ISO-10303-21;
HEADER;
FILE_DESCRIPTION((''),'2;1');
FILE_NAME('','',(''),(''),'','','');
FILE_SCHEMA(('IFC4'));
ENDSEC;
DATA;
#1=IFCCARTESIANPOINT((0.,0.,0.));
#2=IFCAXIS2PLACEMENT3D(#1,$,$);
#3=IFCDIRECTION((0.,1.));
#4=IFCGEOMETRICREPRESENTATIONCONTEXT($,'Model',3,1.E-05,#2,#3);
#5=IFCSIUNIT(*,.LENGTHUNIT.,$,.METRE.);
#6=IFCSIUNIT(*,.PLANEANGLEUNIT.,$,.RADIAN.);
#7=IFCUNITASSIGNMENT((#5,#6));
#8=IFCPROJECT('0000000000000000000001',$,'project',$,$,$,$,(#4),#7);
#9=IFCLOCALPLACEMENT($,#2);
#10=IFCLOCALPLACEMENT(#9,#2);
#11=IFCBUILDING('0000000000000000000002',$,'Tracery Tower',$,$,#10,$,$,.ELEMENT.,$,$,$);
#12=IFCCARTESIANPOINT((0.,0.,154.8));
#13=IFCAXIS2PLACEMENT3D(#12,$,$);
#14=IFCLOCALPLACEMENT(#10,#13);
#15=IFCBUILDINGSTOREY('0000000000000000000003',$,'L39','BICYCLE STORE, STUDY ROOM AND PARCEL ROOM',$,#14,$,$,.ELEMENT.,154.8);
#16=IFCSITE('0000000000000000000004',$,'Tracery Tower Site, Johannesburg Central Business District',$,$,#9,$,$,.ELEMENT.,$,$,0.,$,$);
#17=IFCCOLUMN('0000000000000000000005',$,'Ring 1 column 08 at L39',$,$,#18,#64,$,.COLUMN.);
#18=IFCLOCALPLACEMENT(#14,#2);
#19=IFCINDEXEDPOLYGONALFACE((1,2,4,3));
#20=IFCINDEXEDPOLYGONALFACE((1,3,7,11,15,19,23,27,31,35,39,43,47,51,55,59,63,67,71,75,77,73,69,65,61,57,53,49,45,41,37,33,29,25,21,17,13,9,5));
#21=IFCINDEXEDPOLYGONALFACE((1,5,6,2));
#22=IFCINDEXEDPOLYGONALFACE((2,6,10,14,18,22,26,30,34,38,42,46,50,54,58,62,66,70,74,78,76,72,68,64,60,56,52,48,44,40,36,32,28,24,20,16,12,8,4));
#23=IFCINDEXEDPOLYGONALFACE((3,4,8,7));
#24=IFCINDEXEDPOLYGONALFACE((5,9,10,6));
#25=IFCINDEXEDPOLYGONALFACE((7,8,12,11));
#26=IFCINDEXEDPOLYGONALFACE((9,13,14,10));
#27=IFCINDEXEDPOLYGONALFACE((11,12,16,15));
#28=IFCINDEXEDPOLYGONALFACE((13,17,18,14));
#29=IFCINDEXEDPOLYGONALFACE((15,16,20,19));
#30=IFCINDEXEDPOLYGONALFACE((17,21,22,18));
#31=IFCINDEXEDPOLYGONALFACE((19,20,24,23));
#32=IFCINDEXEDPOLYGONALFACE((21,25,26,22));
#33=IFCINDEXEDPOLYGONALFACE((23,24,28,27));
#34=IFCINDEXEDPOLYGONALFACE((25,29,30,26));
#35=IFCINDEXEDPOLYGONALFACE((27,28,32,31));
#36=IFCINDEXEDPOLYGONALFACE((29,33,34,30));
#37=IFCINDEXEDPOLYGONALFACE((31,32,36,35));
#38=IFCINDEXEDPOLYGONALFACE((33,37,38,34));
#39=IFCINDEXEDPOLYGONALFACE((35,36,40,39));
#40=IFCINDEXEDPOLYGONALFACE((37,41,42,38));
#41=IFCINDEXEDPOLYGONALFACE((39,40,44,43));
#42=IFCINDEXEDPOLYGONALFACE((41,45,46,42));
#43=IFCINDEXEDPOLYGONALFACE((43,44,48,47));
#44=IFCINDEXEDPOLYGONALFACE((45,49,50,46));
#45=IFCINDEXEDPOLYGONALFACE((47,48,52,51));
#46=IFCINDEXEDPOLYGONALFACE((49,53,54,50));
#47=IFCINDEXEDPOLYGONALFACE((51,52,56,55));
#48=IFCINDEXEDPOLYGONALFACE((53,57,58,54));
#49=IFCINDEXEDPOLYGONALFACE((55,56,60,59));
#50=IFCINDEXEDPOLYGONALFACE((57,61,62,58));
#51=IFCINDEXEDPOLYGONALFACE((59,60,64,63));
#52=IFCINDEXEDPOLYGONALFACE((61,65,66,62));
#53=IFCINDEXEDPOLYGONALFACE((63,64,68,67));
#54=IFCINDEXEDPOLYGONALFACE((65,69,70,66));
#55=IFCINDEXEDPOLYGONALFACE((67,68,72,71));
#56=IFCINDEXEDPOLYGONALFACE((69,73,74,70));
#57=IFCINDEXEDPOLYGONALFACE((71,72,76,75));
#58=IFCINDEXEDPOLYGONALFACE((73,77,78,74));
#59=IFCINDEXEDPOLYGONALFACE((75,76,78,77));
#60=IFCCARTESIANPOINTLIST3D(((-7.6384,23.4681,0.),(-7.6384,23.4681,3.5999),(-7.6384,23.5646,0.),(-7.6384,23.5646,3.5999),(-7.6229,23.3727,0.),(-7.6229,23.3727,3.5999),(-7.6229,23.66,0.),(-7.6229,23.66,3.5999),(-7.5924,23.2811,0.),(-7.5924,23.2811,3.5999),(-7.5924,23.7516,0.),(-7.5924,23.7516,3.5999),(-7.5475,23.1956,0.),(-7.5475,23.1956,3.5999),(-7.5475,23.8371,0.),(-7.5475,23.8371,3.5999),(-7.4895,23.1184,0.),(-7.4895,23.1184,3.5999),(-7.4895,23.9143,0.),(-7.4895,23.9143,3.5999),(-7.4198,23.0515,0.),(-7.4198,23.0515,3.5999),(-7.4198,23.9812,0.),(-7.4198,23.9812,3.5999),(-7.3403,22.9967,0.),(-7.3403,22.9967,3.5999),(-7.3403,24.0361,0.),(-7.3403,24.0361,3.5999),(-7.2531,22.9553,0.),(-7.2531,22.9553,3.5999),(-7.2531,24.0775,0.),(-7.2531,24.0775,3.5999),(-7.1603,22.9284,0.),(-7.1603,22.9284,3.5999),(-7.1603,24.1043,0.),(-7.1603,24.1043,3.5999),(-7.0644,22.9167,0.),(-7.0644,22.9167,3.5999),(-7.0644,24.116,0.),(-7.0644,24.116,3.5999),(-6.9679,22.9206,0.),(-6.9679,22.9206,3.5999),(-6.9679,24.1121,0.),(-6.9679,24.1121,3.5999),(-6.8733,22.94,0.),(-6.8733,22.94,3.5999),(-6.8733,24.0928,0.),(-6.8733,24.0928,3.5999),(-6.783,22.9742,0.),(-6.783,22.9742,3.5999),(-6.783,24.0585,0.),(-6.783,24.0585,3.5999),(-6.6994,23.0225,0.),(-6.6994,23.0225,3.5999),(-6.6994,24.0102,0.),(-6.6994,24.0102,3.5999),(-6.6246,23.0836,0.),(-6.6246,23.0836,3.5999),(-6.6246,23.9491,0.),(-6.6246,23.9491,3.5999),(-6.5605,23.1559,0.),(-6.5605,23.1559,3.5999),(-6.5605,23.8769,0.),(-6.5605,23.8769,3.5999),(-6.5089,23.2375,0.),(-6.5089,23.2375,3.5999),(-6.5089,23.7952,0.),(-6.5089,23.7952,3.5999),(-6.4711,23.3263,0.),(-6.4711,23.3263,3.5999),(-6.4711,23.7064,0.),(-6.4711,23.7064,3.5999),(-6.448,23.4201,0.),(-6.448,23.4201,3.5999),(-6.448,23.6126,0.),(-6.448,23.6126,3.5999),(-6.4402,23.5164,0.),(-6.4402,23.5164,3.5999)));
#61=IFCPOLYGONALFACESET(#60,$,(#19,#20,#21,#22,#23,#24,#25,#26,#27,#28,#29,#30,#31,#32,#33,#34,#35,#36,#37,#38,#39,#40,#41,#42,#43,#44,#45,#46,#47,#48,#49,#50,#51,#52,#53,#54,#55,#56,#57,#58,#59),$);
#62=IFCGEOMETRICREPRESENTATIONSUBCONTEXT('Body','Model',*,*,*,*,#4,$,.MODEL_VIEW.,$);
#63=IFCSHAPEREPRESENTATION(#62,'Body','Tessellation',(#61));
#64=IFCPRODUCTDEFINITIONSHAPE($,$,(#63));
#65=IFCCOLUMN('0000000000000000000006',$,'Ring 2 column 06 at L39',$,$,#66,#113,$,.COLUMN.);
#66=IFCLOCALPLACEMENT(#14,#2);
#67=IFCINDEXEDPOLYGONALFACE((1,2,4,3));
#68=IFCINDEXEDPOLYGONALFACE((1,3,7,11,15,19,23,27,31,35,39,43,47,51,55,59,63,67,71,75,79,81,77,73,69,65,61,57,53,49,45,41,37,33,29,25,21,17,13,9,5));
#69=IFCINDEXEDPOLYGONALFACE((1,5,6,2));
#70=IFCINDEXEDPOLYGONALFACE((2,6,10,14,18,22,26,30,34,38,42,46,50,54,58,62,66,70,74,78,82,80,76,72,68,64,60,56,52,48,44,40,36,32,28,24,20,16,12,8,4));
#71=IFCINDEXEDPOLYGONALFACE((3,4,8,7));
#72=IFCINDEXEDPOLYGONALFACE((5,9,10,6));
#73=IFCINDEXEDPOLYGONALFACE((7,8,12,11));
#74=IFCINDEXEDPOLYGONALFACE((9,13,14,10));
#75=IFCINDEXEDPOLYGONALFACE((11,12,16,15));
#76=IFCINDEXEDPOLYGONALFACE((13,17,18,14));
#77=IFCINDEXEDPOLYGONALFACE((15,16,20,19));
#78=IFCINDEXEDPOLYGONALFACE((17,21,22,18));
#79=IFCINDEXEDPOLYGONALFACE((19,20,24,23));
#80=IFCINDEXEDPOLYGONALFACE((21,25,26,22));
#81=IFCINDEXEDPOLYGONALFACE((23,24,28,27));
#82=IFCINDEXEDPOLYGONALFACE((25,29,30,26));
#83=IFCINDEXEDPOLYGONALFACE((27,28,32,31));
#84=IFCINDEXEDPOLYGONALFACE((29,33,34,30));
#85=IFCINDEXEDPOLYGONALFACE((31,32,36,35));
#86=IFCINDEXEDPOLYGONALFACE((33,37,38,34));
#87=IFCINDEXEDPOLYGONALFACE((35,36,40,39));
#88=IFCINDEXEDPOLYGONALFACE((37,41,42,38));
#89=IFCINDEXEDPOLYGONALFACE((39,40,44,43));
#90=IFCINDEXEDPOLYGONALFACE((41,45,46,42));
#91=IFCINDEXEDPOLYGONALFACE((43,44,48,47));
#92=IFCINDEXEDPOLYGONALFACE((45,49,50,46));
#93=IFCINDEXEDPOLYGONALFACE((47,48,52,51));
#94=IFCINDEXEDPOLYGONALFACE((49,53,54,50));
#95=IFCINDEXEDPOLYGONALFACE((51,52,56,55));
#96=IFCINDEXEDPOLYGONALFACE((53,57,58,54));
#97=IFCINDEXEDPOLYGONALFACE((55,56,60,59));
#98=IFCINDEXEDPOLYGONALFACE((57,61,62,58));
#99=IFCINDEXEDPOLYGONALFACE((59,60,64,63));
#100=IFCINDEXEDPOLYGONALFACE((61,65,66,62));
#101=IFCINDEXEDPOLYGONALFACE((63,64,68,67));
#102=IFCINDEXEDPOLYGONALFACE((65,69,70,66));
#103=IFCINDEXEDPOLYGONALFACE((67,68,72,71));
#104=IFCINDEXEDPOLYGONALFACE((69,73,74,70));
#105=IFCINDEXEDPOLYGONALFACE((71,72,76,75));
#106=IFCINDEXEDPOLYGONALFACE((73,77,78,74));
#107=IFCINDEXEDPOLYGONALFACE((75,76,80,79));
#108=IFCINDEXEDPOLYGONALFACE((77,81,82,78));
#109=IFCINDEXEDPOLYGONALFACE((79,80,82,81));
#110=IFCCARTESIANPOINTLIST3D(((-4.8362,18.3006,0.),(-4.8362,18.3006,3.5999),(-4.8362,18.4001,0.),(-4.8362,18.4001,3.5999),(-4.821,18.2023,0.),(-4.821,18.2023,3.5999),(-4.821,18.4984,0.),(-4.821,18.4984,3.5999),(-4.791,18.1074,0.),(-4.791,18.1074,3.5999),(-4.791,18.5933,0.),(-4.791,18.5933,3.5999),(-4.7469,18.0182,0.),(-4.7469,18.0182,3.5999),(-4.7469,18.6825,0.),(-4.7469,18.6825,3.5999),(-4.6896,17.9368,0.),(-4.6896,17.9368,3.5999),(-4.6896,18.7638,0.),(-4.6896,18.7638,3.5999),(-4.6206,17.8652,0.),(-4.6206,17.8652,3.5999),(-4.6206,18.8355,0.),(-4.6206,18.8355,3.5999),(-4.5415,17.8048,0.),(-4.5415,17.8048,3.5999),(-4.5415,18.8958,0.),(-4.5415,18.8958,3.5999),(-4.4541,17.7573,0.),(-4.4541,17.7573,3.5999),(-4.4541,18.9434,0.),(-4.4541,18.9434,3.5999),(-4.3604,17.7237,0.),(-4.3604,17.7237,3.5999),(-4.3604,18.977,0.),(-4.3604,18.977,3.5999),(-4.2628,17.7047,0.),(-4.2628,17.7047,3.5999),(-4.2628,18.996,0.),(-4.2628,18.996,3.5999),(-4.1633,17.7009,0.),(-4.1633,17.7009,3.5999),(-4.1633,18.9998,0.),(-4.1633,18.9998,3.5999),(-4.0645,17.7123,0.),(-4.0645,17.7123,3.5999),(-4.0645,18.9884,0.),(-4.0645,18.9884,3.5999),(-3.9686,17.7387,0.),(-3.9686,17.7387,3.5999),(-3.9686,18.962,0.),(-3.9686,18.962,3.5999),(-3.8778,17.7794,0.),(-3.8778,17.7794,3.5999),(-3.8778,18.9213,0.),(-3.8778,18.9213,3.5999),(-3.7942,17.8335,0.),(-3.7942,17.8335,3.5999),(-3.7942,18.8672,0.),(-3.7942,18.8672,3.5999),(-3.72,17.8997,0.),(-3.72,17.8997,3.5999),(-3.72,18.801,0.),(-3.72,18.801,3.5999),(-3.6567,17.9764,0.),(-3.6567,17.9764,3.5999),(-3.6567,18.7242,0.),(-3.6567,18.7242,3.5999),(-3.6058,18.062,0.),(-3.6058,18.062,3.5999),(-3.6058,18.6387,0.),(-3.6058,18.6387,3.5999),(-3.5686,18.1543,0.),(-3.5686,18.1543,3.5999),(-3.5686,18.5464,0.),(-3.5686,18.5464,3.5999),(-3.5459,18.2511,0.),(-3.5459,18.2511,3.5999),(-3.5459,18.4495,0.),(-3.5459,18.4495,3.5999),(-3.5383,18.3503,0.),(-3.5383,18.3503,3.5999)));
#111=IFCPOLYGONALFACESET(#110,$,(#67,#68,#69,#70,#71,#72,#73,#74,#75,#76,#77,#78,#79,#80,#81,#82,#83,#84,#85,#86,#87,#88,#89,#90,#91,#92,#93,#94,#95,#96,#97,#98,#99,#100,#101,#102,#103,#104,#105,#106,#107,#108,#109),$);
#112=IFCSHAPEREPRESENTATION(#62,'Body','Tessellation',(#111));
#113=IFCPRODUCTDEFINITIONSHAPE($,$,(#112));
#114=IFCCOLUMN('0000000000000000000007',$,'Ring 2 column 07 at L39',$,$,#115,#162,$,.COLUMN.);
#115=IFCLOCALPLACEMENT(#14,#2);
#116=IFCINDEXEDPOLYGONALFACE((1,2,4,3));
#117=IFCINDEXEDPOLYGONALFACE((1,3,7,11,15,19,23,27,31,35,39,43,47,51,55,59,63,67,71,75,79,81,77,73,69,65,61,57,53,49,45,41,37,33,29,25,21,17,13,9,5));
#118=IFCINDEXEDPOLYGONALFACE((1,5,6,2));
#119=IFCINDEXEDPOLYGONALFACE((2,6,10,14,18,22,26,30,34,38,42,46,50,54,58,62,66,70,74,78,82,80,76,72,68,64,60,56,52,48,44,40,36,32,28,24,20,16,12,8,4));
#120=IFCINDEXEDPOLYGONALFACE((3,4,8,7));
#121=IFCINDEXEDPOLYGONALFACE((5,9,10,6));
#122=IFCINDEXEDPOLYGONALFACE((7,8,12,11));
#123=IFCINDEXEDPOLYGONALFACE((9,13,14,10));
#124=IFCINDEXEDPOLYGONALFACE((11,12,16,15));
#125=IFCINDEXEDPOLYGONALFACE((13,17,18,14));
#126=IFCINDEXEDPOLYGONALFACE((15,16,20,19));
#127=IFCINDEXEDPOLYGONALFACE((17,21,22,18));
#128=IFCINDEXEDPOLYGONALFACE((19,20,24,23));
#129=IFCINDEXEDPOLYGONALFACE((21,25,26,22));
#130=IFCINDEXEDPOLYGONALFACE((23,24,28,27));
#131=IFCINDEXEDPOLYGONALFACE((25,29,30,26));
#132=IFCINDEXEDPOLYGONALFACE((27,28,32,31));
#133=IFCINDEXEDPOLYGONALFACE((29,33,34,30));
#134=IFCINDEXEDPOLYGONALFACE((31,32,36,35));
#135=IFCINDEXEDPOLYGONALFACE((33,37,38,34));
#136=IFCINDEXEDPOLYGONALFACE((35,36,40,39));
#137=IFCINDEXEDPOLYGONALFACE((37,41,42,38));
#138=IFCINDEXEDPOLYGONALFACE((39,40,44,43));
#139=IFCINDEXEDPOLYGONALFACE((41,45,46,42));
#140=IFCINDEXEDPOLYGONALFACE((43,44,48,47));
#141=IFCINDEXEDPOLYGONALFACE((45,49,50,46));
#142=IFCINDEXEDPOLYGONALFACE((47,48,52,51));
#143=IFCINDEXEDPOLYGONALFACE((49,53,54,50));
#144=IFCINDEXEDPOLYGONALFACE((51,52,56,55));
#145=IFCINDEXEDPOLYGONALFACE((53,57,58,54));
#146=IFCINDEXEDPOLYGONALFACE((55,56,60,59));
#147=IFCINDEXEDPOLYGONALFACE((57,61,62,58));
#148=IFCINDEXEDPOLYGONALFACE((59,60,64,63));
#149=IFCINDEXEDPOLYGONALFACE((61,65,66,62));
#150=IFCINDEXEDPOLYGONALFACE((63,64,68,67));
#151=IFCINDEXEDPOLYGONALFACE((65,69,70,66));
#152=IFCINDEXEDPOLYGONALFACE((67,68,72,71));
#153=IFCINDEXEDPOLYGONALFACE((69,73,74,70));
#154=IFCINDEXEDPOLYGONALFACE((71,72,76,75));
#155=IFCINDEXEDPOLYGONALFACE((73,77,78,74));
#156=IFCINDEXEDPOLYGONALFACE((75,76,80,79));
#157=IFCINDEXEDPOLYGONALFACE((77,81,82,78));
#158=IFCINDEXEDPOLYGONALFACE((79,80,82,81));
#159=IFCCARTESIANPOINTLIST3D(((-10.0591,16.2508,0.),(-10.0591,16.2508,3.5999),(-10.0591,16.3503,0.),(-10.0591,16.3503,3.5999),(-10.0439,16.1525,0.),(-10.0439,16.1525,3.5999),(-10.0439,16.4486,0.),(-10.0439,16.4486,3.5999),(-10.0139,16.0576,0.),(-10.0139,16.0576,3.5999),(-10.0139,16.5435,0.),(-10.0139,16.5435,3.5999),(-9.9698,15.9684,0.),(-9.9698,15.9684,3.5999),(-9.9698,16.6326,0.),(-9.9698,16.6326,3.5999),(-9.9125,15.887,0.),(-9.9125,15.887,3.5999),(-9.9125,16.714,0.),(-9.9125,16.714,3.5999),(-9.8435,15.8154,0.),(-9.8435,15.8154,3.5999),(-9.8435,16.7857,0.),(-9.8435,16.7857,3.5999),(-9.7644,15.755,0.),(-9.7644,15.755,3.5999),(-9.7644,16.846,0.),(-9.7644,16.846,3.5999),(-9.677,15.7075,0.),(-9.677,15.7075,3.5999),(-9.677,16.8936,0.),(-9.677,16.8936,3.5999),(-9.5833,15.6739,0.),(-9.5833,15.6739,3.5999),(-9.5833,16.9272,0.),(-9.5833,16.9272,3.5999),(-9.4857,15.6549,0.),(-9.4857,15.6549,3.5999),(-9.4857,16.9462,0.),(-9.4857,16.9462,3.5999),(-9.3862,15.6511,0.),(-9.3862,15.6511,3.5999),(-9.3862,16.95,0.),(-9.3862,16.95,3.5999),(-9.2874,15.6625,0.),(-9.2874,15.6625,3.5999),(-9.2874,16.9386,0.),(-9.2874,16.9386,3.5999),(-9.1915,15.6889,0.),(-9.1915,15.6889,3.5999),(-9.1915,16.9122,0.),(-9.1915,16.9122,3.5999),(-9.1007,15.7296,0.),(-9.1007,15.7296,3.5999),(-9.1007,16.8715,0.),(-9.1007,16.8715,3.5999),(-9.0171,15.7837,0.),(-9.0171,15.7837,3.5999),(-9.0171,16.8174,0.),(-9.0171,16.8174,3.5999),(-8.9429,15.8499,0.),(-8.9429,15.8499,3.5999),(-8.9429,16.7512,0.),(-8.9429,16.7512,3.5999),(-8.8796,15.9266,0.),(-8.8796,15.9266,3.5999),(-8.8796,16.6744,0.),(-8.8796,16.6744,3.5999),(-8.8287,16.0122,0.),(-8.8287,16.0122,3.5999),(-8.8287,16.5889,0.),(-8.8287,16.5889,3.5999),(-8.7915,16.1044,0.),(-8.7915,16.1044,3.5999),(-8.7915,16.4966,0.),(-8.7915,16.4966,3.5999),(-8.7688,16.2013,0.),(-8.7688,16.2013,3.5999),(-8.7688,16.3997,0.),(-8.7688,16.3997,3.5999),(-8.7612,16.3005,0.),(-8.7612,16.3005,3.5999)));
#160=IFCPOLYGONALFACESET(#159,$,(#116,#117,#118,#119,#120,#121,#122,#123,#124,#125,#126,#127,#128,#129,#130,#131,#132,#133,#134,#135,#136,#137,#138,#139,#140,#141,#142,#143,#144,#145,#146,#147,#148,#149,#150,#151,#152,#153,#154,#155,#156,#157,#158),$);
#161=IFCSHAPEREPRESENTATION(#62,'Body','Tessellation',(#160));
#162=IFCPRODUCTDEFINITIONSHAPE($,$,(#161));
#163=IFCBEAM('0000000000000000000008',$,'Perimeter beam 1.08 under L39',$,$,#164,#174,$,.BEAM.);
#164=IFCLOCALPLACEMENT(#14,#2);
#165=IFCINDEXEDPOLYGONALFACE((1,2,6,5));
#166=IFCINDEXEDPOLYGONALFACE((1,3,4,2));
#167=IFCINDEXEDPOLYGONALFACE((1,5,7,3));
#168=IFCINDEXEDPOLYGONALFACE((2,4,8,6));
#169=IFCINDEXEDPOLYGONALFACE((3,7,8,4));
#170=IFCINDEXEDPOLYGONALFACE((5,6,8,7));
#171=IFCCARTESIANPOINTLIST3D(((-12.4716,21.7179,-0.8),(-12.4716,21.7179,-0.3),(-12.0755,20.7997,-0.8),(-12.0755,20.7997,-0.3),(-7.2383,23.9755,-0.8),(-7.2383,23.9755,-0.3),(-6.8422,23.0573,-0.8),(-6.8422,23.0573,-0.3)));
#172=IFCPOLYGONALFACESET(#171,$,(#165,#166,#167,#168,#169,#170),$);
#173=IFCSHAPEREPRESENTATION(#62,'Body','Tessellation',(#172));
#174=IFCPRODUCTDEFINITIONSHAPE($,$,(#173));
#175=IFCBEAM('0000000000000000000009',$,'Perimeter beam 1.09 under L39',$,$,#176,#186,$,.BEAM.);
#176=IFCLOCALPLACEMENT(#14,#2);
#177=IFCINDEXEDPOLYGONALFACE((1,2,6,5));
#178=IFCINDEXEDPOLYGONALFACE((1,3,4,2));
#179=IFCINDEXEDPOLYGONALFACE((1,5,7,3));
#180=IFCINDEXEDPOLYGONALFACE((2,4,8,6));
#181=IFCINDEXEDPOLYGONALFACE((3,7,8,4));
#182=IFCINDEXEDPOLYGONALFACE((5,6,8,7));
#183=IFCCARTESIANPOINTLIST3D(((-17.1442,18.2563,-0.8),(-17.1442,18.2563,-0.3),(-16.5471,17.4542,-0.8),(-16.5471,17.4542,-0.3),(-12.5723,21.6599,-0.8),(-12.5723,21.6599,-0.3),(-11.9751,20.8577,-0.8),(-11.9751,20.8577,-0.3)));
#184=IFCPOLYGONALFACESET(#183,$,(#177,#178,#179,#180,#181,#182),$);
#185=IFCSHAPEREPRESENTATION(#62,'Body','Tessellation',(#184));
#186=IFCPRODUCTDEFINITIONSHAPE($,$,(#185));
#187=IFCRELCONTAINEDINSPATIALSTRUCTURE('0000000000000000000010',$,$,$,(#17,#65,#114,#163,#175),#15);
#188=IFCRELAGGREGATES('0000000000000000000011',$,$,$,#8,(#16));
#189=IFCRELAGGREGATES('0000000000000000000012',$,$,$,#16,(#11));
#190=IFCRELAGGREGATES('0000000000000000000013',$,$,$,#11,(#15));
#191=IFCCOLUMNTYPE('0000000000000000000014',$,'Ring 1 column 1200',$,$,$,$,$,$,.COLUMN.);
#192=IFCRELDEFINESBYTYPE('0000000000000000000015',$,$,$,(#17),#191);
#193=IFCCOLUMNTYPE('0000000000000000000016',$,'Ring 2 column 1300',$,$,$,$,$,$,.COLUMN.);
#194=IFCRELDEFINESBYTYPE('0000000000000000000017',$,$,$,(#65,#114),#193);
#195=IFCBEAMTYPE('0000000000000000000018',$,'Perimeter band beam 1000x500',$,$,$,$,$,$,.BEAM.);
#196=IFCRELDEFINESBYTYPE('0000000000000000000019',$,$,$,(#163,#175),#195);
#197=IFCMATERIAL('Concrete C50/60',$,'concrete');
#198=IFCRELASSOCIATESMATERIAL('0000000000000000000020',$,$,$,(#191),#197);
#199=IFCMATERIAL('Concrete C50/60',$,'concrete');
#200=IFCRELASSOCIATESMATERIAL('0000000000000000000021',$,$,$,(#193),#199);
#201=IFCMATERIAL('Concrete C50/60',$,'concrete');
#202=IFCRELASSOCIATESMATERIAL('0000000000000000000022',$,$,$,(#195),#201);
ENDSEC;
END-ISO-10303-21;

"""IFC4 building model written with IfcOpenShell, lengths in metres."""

from ifc_helpers import new_model, si_unit, direction, frame, origin, origin_2d, place, context, subcontext, project, spatial, rectangle, circle, extrude, material, material_profile, profile_set, type_object, element, save


model = new_model("IFC4")

# Units and contexts
model_context = context("Model", 3, precision=1e-05, world=origin(), true_north=direction((0.0, 1.0)))
body_context = subcontext(model_context, "Body", "Model", "MODEL_VIEW")
ifc_project = project(units=[si_unit("LENGTHUNIT", "METRE"), si_unit("PLANEANGLEUNIT", "RADIAN")], contexts=[model_context])

# Site, building, storey
site_placement = place(None, origin())
site = spatial("IfcSite", under=ifc_project, at=site_placement, Name="Tracery Tower Site, Johannesburg Central Business District", CompositionType="ELEMENT", RefElevation=0.0)
building_placement = place(site_placement, origin())
building = spatial("IfcBuilding", under=site, at=building_placement, Name="Tracery Tower", CompositionType="ELEMENT")
storey_placement = place(building_placement, frame((0.0, 0.0, 154.8)))
storey = spatial("IfcBuildingStorey", under=building, at=storey_placement, Name="L39", Description="BICYCLE STORE, STUDY ROOM AND PARCEL ROOM", CompositionType="ELEMENT", Elevation=154.8)

# Columns
ifc_material_1 = material(Name="Concrete C50/60", Category="concrete")
ifc_material_profile_1 = material_profile(ifc_material_1, circle(Radius=0.6001, at=origin_2d()), Name="RC D1200")
ifc_profile_set_1 = profile_set([ifc_material_profile_1], Name="Concrete C50/60")
column_type_1 = type_object("IfcColumnType", Name="Ring 1 column 1200", PredefinedType="COLUMN", material=ifc_profile_set_1)
column_placement = place(storey_placement, frame((-7.0403, 23.5164, 0.0), z_axis=(0.0, 0.0, 1.0), x_axis=(1.0, 0.0, 0.0)))
element("IfcColumn", 1, at=column_placement, inside=storey, type_object=column_type_1, Name="Ring 1 column 08 at L39", PredefinedType="COLUMN", context=body_context, shape_type="SweptSolid", body=[
    extrude(circle(Radius=0.6001, at=origin_2d()), origin(), (0.0, 0.0, 1.0), 3.5999),
])
ifc_material_2 = material(Name="Concrete C50/60", Category="concrete")
ifc_material_profile_2 = material_profile(ifc_material_2, circle(Radius=0.6499, at=origin_2d()), Name="RC D1300")
ifc_profile_set_2 = profile_set([ifc_material_profile_2], Name="Concrete C50/60")
column_type_2 = type_object("IfcColumnType", Name="Ring 2 column 1300", PredefinedType="COLUMN", material=ifc_profile_set_2)
for number, where, z_axis, x_axis, name in (
    (2, (-4.1882, 18.3503, 0.0), (0.0, 0.0, 1.0), (1.0, 0.0, 0.0), "Ring 2 column 06 at L39"),
    (3, (-9.4111, 16.3005, 0.0), (0.0, 0.0, 1.0), (1.0, 0.0, 0.0), "Ring 2 column 07 at L39"),
):
    element("IfcColumn", number, at=place(storey_placement, frame(where, z_axis=z_axis, x_axis=x_axis)), inside=storey, type_object=column_type_2, Name=name, PredefinedType="COLUMN", context=body_context, shape_type="SweptSolid", body=[
        extrude(circle(Radius=0.6499, at=origin_2d()), origin(), (0.0, 0.0, 1.0), 3.5999),
    ])

# Beams
ifc_material_3 = material(Name="Concrete C50/60", Category="concrete")
ifc_material_profile_3 = material_profile(ifc_material_3, rectangle(XDim=1.0, YDim=0.5, at=origin_2d()), Name="RC 1000x500")
ifc_profile_set_3 = profile_set([ifc_material_profile_3], Name="Concrete C50/60")
beam_type = type_object("IfcBeamType", Name="Perimeter band beam 1000x500", PredefinedType="BEAM", material=ifc_profile_set_3)
beam_1_placement = place(storey_placement, frame((-7.0403, 23.5164, -0.55), z_axis=(-0.91821, -0.396095, 0.0), x_axis=(0.396095, -0.91821, 0.0)))
element("IfcBeam", 4, at=beam_1_placement, inside=storey, type_object=beam_type, Name="Perimeter beam 1.08 under L39", PredefinedType="BEAM", context=body_context, shape_type="SweptSolid", body=[
    extrude(rectangle(XDim=1.0, YDim=0.5, at=origin_2d()), origin(), (0.0, 0.0, 1.0), 5.6995),
])
beam_2_placement = place(storey_placement, frame((-12.2737, 21.2588, -0.55), z_axis=(-0.802138, -0.597138, 0.0), x_axis=(0.597138, -0.802138, 0.0)))
element("IfcBeam", 5, at=beam_2_placement, inside=storey, type_object=beam_type, Name="Perimeter beam 1.09 under L39", PredefinedType="BEAM", context=body_context, shape_type="SweptSolid", body=[
    extrude(rectangle(XDim=1.0, YDim=0.5, at=origin_2d()), origin(), (0.0, 0.0, 1.0), 5.6997),
])

save(model, "model.ifc")
